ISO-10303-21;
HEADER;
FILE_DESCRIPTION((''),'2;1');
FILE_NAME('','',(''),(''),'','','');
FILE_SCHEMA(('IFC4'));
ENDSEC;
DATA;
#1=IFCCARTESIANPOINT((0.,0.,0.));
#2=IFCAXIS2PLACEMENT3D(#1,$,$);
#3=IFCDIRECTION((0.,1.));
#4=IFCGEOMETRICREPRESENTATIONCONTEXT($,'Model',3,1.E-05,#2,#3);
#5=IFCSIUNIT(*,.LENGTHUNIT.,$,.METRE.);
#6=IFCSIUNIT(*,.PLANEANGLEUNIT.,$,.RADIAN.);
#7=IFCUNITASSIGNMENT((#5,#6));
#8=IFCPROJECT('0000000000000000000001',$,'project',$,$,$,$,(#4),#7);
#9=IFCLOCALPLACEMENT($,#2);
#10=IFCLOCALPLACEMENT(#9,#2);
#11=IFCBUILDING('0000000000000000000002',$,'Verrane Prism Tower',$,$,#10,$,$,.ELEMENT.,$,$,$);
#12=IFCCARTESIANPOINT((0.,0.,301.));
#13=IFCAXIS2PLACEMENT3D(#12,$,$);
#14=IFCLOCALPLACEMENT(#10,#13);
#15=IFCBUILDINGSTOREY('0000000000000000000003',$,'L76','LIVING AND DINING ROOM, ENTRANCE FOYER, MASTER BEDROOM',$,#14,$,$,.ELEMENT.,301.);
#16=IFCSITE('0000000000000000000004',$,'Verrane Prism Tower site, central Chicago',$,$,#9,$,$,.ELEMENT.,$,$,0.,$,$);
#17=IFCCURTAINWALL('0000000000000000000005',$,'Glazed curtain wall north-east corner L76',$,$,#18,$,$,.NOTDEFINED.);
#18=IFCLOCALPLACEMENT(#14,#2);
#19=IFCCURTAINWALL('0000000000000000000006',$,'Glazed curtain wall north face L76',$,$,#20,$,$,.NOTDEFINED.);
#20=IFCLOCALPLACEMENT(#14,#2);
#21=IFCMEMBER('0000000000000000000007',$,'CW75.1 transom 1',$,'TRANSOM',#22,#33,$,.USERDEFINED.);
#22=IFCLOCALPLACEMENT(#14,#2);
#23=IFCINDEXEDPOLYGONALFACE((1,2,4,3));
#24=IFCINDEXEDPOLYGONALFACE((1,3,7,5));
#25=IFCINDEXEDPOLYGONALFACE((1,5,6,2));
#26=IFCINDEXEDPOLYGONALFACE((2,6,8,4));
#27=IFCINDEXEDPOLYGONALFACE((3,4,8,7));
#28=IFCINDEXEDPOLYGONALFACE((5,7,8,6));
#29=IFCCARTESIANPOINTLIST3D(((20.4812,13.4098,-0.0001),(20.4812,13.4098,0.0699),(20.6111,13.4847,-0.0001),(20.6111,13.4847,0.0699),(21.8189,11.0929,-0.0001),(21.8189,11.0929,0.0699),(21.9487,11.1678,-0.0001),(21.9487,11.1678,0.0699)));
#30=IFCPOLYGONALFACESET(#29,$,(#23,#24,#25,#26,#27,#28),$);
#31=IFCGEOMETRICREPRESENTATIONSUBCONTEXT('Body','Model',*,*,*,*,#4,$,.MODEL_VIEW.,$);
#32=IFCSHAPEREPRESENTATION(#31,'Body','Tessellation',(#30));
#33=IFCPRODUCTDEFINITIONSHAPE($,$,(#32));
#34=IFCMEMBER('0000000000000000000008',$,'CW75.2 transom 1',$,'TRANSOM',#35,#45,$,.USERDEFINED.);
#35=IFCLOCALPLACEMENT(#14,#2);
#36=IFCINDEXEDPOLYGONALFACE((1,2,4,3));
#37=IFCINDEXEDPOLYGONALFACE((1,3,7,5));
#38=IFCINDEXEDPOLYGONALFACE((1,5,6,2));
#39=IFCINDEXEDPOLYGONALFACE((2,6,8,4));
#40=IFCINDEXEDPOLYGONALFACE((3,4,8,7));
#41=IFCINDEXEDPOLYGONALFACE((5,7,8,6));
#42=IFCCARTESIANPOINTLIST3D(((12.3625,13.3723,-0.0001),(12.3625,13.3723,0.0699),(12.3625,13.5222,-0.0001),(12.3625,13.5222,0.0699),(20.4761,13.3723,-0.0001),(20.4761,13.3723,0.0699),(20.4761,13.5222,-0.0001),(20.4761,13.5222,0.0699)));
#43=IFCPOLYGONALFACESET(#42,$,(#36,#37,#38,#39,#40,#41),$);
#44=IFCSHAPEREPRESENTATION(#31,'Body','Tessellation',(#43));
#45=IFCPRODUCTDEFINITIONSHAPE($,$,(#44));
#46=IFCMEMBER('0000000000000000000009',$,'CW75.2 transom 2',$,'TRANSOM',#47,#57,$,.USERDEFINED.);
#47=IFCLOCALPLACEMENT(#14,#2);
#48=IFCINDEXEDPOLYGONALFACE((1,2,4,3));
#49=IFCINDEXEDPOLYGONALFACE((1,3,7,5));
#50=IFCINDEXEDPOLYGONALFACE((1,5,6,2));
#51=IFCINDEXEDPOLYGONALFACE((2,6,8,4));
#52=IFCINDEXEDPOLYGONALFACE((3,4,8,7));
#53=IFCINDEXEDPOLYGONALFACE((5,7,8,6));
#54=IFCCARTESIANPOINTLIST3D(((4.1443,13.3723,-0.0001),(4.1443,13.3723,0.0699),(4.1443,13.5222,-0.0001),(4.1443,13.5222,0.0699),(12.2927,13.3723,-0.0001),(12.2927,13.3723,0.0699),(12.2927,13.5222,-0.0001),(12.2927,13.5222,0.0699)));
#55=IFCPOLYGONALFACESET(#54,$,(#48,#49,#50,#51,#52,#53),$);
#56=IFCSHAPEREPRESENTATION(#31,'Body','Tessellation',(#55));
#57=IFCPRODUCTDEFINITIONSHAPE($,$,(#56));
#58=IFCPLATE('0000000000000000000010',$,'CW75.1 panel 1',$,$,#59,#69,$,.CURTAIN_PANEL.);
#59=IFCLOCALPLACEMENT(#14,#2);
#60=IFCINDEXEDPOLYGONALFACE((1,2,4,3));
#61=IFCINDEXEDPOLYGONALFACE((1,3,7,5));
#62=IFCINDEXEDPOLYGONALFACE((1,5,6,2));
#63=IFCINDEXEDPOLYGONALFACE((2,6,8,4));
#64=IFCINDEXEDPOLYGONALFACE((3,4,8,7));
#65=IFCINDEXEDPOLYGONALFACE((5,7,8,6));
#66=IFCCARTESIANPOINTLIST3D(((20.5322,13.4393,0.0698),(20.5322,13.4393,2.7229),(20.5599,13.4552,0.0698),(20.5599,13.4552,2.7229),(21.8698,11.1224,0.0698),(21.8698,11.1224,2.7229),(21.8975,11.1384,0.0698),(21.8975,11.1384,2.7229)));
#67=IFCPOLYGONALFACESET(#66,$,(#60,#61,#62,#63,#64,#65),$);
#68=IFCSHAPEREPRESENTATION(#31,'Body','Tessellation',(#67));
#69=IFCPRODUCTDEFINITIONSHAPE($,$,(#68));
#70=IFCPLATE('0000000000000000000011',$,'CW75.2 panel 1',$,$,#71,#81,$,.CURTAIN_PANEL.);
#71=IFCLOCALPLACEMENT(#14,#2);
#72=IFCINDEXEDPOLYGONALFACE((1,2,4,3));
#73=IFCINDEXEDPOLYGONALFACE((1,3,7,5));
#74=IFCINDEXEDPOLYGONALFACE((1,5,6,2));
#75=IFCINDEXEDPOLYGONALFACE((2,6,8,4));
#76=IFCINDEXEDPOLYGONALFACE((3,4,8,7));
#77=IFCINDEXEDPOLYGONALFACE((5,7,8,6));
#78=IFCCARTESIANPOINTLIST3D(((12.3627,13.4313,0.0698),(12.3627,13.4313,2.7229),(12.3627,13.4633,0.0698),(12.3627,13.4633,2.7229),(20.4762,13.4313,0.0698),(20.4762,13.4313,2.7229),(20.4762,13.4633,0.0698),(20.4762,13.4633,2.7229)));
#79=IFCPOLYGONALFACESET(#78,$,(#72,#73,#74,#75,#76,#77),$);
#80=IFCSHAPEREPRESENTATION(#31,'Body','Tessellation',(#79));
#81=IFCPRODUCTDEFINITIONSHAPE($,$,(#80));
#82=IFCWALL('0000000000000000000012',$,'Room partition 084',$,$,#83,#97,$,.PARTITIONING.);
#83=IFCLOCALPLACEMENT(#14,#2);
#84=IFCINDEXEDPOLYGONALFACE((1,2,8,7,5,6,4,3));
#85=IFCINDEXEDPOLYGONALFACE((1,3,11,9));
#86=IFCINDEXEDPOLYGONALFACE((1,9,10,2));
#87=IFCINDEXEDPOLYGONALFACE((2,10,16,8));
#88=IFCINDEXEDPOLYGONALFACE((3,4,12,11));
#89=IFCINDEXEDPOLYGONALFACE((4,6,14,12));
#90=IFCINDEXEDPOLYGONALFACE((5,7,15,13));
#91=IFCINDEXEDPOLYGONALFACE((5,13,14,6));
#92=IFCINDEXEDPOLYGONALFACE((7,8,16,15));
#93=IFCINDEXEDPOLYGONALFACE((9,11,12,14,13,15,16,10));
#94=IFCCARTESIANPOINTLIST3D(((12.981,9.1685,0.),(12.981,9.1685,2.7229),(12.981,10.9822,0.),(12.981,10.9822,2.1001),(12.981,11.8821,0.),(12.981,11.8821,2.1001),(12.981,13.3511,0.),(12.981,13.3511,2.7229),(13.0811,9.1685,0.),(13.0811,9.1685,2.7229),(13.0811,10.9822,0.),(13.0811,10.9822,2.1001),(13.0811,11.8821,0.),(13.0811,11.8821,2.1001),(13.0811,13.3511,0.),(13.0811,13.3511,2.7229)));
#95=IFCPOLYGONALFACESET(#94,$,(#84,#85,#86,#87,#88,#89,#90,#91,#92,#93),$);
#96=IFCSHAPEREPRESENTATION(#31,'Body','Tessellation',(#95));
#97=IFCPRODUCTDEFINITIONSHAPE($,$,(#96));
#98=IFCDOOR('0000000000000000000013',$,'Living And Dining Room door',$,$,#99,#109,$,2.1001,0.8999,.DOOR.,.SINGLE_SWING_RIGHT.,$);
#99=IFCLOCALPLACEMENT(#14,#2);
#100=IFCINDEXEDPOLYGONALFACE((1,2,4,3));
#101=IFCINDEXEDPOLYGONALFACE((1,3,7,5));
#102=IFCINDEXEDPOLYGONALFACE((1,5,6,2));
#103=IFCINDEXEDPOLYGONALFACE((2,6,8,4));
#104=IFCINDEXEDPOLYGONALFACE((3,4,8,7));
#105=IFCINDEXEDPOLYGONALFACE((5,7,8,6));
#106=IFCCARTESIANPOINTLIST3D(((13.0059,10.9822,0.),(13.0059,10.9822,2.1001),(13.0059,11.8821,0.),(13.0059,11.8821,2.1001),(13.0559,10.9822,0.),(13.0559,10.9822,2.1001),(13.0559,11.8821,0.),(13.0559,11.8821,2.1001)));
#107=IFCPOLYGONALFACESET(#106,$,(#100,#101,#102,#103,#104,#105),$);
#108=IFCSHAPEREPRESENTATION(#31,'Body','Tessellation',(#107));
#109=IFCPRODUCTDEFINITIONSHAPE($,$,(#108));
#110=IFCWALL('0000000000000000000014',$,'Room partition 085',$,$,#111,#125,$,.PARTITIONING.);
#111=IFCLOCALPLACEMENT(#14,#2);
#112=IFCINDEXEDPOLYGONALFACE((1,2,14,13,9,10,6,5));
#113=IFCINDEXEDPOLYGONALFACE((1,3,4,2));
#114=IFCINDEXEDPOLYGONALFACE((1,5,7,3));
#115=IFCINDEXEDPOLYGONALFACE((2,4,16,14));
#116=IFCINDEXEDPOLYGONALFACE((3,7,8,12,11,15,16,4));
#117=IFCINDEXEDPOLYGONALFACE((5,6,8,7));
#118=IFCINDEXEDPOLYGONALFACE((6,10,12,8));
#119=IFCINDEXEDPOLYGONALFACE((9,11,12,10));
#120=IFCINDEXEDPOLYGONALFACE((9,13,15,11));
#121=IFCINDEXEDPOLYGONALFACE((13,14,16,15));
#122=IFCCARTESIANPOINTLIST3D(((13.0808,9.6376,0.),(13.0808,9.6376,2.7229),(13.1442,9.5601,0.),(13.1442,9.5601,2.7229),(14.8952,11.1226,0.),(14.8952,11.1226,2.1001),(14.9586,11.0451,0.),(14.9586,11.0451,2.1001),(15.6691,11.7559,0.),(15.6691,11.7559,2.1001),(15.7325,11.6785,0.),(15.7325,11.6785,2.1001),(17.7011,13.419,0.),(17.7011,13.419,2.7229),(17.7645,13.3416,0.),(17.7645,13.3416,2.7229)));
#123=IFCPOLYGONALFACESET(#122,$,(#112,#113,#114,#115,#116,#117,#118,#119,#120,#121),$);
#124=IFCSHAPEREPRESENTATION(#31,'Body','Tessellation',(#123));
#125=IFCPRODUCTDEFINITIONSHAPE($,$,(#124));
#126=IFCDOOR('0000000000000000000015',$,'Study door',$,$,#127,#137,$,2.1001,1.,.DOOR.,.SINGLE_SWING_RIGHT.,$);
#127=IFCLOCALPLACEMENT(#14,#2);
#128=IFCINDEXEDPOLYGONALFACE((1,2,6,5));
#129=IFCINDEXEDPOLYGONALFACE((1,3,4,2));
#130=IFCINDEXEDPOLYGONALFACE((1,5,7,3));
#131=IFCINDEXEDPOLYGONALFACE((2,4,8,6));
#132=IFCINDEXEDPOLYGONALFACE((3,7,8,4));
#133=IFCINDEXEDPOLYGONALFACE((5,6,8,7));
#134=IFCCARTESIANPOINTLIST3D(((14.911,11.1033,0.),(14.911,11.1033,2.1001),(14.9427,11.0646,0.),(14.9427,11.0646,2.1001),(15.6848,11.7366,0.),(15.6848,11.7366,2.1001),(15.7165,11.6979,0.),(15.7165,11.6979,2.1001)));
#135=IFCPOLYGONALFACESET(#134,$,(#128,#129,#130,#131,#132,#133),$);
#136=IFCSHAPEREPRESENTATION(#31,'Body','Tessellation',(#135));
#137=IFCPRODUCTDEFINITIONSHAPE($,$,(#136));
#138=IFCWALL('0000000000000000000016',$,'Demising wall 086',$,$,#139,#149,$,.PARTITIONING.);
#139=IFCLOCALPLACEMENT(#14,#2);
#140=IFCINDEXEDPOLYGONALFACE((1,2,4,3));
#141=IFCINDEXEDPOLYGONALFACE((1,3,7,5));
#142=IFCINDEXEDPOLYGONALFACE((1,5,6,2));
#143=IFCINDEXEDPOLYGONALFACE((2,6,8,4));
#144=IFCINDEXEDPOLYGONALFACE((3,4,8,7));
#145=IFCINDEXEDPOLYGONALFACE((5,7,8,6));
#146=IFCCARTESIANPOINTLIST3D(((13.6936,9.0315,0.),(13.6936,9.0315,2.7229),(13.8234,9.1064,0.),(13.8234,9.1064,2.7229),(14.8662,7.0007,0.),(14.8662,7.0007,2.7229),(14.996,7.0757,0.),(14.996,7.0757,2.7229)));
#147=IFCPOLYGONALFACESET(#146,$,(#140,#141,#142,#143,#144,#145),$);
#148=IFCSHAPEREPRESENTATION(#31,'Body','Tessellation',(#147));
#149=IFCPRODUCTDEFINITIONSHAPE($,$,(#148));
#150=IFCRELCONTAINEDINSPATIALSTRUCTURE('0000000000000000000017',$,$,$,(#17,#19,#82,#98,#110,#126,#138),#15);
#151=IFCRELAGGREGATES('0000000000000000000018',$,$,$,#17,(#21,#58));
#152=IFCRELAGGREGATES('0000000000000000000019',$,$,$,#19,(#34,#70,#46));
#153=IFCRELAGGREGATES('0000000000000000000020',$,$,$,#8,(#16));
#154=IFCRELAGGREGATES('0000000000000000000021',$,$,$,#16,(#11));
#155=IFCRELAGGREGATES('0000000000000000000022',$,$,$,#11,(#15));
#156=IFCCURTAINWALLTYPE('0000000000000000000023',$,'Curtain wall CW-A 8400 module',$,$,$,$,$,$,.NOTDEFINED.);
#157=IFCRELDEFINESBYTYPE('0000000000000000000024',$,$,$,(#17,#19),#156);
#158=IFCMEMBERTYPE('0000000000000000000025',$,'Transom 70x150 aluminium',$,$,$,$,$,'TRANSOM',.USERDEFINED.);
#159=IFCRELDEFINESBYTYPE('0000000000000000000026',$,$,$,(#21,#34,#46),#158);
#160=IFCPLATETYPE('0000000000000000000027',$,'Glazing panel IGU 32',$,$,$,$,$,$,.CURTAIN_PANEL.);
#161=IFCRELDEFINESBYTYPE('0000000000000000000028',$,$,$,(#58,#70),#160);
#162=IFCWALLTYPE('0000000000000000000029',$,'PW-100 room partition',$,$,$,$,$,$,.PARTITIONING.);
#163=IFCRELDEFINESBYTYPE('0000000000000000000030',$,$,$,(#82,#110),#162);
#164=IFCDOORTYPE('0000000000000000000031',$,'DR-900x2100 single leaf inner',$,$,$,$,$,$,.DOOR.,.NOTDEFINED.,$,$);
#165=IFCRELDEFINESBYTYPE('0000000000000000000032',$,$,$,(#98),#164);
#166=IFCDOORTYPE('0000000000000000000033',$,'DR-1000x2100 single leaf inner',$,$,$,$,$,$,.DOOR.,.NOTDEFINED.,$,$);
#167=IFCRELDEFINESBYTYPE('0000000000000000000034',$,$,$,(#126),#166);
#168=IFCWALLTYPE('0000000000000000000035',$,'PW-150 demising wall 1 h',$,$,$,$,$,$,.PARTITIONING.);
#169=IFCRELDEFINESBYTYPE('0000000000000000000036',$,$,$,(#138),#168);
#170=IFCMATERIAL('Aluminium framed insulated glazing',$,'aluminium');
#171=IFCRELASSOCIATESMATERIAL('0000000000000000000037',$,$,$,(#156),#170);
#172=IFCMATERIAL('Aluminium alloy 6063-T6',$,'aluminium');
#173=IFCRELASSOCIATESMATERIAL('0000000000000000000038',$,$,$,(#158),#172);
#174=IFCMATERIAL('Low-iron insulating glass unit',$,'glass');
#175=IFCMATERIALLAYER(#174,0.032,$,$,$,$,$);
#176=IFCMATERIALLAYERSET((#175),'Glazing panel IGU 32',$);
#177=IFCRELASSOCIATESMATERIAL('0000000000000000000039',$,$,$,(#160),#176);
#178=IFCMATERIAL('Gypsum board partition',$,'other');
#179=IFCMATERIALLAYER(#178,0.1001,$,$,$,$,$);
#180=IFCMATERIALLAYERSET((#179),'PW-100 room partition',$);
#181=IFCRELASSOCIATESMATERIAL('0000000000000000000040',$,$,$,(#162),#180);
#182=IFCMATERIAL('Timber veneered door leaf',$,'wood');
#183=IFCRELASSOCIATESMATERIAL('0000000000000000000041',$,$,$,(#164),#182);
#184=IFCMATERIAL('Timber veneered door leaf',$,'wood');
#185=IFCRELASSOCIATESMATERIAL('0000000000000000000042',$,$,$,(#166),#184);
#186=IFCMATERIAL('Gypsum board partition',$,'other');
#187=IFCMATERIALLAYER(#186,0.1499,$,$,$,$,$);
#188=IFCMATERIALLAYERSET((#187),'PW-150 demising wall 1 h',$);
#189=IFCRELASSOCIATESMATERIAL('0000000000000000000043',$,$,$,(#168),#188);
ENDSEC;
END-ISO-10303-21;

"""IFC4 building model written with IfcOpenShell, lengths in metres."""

from ifc_helpers import new_model, si_unit, direction, frame, frame_2d, origin, origin_2d, place, context, subcontext, project, spatial, rectangle, extrude, material, layer, layer_set, material_profile, profile_set, type_object, element, fill, aggregate, save


model = new_model("IFC4")

# Units and contexts
model_context = context("Model", 3, precision=1e-05, world=origin(), true_north=direction((0.0, 1.0)))
body_context = subcontext(model_context, "Body", "Model", "MODEL_VIEW")
ifc_project = project(units=[si_unit("LENGTHUNIT", "METRE"), si_unit("PLANEANGLEUNIT", "RADIAN")], contexts=[model_context])

# Site, building, storey
site_placement = place(None, origin())
site = spatial("IfcSite", under=ifc_project, at=site_placement, Name="Verrane Prism Tower site, central Chicago", CompositionType="ELEMENT", RefElevation=0.0)
building_placement = place(site_placement, origin())
building = spatial("IfcBuilding", under=site, at=building_placement, Name="Verrane Prism Tower", CompositionType="ELEMENT")
storey_placement = place(building_placement, frame((0.0, 0.0, 301.0)))
storey = spatial("IfcBuildingStorey", under=building, at=storey_placement, Name="L76", Description="LIVING AND DINING ROOM, ENTRANCE FOYER, MASTER BEDROOM", CompositionType="ELEMENT", Elevation=301.0)

# Curtain wall
ifc_material_1 = material(Name="Aluminium framed insulated glazing", Category="aluminium")
curtain_wall_type = type_object("IfcCurtainWallType", Name="Curtain wall CW-A 8400 module", PredefinedType="NOTDEFINED", material=ifc_material_1)
curtain_wall_1_placement = place(storey_placement, origin())
curtain_wall_1 = element("IfcCurtainWall", 1, at=curtain_wall_1_placement, inside=storey, type_object=curtain_wall_type, Name="Glazed curtain wall north-east corner L76", PredefinedType="NOTDEFINED")

# Curtain wall
curtain_wall_2_placement = place(storey_placement, origin())
curtain_wall_2 = element("IfcCurtainWall", 2, at=curtain_wall_2_placement, inside=storey, type_object=curtain_wall_type, Name="Glazed curtain wall north face L76", PredefinedType="NOTDEFINED")

# Members
ifc_material_2 = material(Name="Aluminium alloy 6063-T6", Category="aluminium")
ifc_material_profile_1 = material_profile(ifc_material_2, rectangle(XDim=0.1499, YDim=0.0701, at=origin_2d()), Name="Transom 70x150 aluminium")
ifc_profile_set_1 = profile_set([ifc_material_profile_1], Name="Aluminium alloy 6063-T6")
member_type_1 = type_object("IfcMemberType", Name="Transom 70x150 aluminium", ElementType="TRANSOM", PredefinedType="USERDEFINED", material=ifc_profile_set_1)
member_1_placement = place(storey_placement, frame((21.8838, 11.1304, 0.0349), z_axis=(-0.499996, 0.866028, 0.0), x_axis=(-0.866028, -0.499996, 0.0)))
member_1 = element("IfcMember", 3, at=member_1_placement, type_object=member_type_1, Name="CW75.1 transom 1", ObjectType="TRANSOM", PredefinedType="USERDEFINED", context=body_context, shape_type="SweptSolid", body=[
    extrude(rectangle(XDim=0.1499, YDim=0.0701, at=origin_2d()), origin(), (0.0, 0.0, 1.0), 2.6753),
])
member_2_placement = place(storey_placement, frame((20.4761, 13.4473, 0.0349), z_axis=(-1.0, 0.0, 0.0), x_axis=(0.0, -1.0, 0.0)))
member_2 = element("IfcMember", 4, at=member_2_placement, type_object=member_type_1, Name="CW75.2 transom 1", ObjectType="TRANSOM", PredefinedType="USERDEFINED", context=body_context, shape_type="SweptSolid", body=[
    extrude(rectangle(XDim=0.1499, YDim=0.0701, at=origin_2d()), origin(), (0.0, 0.0, 1.0), 8.1135),
])
member_3_placement = place(storey_placement, frame((12.2927, 13.4473, 0.0349), z_axis=(-1.0, 0.0, 0.0), x_axis=(0.0, -1.0, 0.0)))
member_3 = element("IfcMember", 5, at=member_3_placement, type_object=member_type_1, Name="CW75.2 transom 2", ObjectType="TRANSOM", PredefinedType="USERDEFINED", context=body_context, shape_type="SweptSolid", body=[
    extrude(rectangle(XDim=0.1499, YDim=0.0701, at=origin_2d()), origin(), (0.0, 0.0, 1.0), 8.1484),
])

# Plates
ifc_material_3 = material(Name="Low-iron insulating glass unit", Category="glass")
ifc_layer_1 = layer(ifc_material_3, 0.032)
ifc_layer_set_1 = layer_set([ifc_layer_1], Name="Glazing panel IGU 32")
plate_type = type_object("IfcPlateType", Name="Glazing panel IGU 32", PredefinedType="CURTAIN_PANEL", material=ifc_layer_set_1)
plate_1_placement = place(storey_placement, frame((21.2148, 12.2888, 0.0698), z_axis=(0.0, 0.0, 1.0), x_axis=(-0.500002, 0.866024, 0.0)))
plate_1 = element("IfcPlate", 6, at=plate_1_placement, type_object=plate_type, Name="CW75.1 panel 1", PredefinedType="CURTAIN_PANEL", context=body_context, shape_type="SweptSolid", body=[
    extrude(rectangle(XDim=2.6753, YDim=0.032, at=origin_2d()), origin(), (0.0, 0.0, 1.0), 2.6531),
])
aggregate(curtain_wall_1, [member_1, plate_1])
plate_2_placement = place(storey_placement, frame((16.4194, 13.4473, 0.0698), z_axis=(0.0, 0.0, 1.0), x_axis=(-1.0, 0.0, 0.0)))
plate_2 = element("IfcPlate", 7, at=plate_2_placement, type_object=plate_type, Name="CW75.2 panel 1", PredefinedType="CURTAIN_PANEL", context=body_context, shape_type="SweptSolid", body=[
    extrude(rectangle(XDim=8.1135, YDim=0.032, at=origin_2d()), origin(), (0.0, 0.0, 1.0), 2.6531),
])
aggregate(curtain_wall_2, [member_2, plate_2, member_3])

# Walls, openings, doors
ifc_material_4 = material(Name="Gypsum board partition", Category="other")
ifc_layer_2 = layer(ifc_material_4, 0.1001)
ifc_layer_set_2 = layer_set([ifc_layer_2], Name="PW-100 room partition")
wall_type_1 = type_object("IfcWallType", Name="PW-100 room partition", PredefinedType="PARTITIONING", material=ifc_layer_set_2)
wall_1_placement = place(storey_placement, frame((13.031, 13.3511, 0.0), z_axis=(0.0, 0.0, 1.0), x_axis=(0.0, -1.0, 0.0)))
wall_1 = element("IfcWall", 8, at=wall_1_placement, inside=storey, type_object=wall_type_1, Name="Room partition 084", PredefinedType="PARTITIONING", context=body_context, shape_type="SweptSolid", body=[
    extrude(rectangle(XDim=4.1826, YDim=0.1001, at=frame_2d((2.0913, 0.0))), origin(), (0.0, 0.0, 1.0), 2.7229),
])
opening_1_placement = place(wall_1_placement, frame((1.469, 0.0, 0.0)))
opening_1 = element("IfcOpeningElement", 9, at=opening_1_placement, cuts=wall_1, PredefinedType="OPENING", context=body_context, shape_type="SweptSolid", body=[
    extrude(rectangle(XDim=0.8999, YDim=2.1001, at=frame_2d((0.45, 1.05))), frame((0.0, 0.0601, 0.0), z_axis=(0.0, -1.0, 0.0), x_axis=(1.0, 0.0, 0.0)), (0.0, 0.0, 1.0), 0.1201),
])
ifc_material_5 = material(Name="Timber veneered door leaf", Category="wood")
door_type_1 = type_object("IfcDoorType", Name="DR-900x2100 single leaf inner", OperationType="NOTDEFINED", PredefinedType="DOOR", material=ifc_material_5)
door_1_placement = place(opening_1_placement, origin())
door_1 = element("IfcDoor", 10, at=door_1_placement, inside=storey, type_object=door_type_1, Name="Living And Dining Room door", OperationType="SINGLE_SWING_RIGHT", OverallHeight=2.1001, OverallWidth=0.8999, PredefinedType="DOOR", context=body_context, shape_type="SweptSolid", body=[
    extrude(rectangle(XDim=0.8999, YDim=2.1001, at=frame_2d((0.45, 1.05))), frame((0.0, 0.0249, 0.0), z_axis=(0.0, -1.0, 0.0), x_axis=(1.0, 0.0, 0.0)), (0.0, 0.0, 1.0), 0.05),
])
fill(opening_1, door_1)
wall_2_placement = place(storey_placement, frame((17.7329, 13.3804, 0.0), z_axis=(0.0, 0.0, 1.0), x_axis=(-0.773859, -0.633358, 0.0)))
wall_2 = element("IfcWall", 11, at=wall_2_placement, inside=storey, type_object=wall_type_1, Name="Room partition 085", PredefinedType="PARTITIONING", context=body_context, shape_type="SweptSolid", body=[
    extrude(rectangle(XDim=5.9705, YDim=0.1001, at=frame_2d((2.9854, 0.0))), origin(), (0.0, 0.0, 1.0), 2.7229),
])
opening_2_placement = place(wall_2_placement, frame((2.626, 0.0, 0.0)))
opening_2 = element("IfcOpeningElement", 12, at=opening_2_placement, cuts=wall_2, PredefinedType="OPENING", context=body_context, shape_type="SweptSolid", body=[
    extrude(rectangle(XDim=1.0, YDim=2.1001, at=frame_2d((0.5, 1.05))), frame((0.0, 0.0601, 0.0), z_axis=(0.0, -1.0, 0.0), x_axis=(1.0, 0.0, 0.0)), (0.0, 0.0, 1.0), 0.1201),
])
ifc_material_6 = material(Name="Timber veneered door leaf", Category="wood")
door_type_2 = type_object("IfcDoorType", Name="DR-1000x2100 single leaf inner", OperationType="NOTDEFINED", PredefinedType="DOOR", material=ifc_material_6)
door_2_placement = place(opening_2_placement, origin())
door_2 = element("IfcDoor", 13, at=door_2_placement, inside=storey, type_object=door_type_2, Name="Study door", OperationType="SINGLE_SWING_RIGHT", OverallHeight=2.1001, OverallWidth=1.0, PredefinedType="DOOR", context=body_context, shape_type="SweptSolid", body=[
    extrude(rectangle(XDim=1.0, YDim=2.1001, at=frame_2d((0.5, 1.05))), frame((0.0, 0.0249, 0.0), z_axis=(0.0, -1.0, 0.0), x_axis=(1.0, 0.0, 0.0)), (0.0, 0.0, 1.0), 0.05),
])
fill(opening_2, door_2)

# Wall
ifc_material_7 = material(Name="Gypsum board partition", Category="other")
ifc_layer_3 = layer(ifc_material_7, 0.1499)
ifc_layer_set_3 = layer_set([ifc_layer_3], Name="PW-150 demising wall 1 h")
wall_type_2 = type_object("IfcWallType", Name="PW-150 demising wall 1 h", PredefinedType="PARTITIONING", material=ifc_layer_set_3)
wall_3_placement = place(storey_placement, frame((13.7585, 9.0688, 0.0), z_axis=(0.0, 0.0, 1.0), x_axis=(0.500047, -0.865998, 0.0)))
element("IfcWall", 14, at=wall_3_placement, inside=storey, type_object=wall_type_2, Name="Demising wall 086", PredefinedType="PARTITIONING", context=body_context, shape_type="SweptSolid", body=[
    extrude(rectangle(XDim=2.345, YDim=0.1499, at=frame_2d((1.1724, 0.0))), origin(), (0.0, 0.0, 1.0), 2.7229),
])

save(model, "model.ifc")
